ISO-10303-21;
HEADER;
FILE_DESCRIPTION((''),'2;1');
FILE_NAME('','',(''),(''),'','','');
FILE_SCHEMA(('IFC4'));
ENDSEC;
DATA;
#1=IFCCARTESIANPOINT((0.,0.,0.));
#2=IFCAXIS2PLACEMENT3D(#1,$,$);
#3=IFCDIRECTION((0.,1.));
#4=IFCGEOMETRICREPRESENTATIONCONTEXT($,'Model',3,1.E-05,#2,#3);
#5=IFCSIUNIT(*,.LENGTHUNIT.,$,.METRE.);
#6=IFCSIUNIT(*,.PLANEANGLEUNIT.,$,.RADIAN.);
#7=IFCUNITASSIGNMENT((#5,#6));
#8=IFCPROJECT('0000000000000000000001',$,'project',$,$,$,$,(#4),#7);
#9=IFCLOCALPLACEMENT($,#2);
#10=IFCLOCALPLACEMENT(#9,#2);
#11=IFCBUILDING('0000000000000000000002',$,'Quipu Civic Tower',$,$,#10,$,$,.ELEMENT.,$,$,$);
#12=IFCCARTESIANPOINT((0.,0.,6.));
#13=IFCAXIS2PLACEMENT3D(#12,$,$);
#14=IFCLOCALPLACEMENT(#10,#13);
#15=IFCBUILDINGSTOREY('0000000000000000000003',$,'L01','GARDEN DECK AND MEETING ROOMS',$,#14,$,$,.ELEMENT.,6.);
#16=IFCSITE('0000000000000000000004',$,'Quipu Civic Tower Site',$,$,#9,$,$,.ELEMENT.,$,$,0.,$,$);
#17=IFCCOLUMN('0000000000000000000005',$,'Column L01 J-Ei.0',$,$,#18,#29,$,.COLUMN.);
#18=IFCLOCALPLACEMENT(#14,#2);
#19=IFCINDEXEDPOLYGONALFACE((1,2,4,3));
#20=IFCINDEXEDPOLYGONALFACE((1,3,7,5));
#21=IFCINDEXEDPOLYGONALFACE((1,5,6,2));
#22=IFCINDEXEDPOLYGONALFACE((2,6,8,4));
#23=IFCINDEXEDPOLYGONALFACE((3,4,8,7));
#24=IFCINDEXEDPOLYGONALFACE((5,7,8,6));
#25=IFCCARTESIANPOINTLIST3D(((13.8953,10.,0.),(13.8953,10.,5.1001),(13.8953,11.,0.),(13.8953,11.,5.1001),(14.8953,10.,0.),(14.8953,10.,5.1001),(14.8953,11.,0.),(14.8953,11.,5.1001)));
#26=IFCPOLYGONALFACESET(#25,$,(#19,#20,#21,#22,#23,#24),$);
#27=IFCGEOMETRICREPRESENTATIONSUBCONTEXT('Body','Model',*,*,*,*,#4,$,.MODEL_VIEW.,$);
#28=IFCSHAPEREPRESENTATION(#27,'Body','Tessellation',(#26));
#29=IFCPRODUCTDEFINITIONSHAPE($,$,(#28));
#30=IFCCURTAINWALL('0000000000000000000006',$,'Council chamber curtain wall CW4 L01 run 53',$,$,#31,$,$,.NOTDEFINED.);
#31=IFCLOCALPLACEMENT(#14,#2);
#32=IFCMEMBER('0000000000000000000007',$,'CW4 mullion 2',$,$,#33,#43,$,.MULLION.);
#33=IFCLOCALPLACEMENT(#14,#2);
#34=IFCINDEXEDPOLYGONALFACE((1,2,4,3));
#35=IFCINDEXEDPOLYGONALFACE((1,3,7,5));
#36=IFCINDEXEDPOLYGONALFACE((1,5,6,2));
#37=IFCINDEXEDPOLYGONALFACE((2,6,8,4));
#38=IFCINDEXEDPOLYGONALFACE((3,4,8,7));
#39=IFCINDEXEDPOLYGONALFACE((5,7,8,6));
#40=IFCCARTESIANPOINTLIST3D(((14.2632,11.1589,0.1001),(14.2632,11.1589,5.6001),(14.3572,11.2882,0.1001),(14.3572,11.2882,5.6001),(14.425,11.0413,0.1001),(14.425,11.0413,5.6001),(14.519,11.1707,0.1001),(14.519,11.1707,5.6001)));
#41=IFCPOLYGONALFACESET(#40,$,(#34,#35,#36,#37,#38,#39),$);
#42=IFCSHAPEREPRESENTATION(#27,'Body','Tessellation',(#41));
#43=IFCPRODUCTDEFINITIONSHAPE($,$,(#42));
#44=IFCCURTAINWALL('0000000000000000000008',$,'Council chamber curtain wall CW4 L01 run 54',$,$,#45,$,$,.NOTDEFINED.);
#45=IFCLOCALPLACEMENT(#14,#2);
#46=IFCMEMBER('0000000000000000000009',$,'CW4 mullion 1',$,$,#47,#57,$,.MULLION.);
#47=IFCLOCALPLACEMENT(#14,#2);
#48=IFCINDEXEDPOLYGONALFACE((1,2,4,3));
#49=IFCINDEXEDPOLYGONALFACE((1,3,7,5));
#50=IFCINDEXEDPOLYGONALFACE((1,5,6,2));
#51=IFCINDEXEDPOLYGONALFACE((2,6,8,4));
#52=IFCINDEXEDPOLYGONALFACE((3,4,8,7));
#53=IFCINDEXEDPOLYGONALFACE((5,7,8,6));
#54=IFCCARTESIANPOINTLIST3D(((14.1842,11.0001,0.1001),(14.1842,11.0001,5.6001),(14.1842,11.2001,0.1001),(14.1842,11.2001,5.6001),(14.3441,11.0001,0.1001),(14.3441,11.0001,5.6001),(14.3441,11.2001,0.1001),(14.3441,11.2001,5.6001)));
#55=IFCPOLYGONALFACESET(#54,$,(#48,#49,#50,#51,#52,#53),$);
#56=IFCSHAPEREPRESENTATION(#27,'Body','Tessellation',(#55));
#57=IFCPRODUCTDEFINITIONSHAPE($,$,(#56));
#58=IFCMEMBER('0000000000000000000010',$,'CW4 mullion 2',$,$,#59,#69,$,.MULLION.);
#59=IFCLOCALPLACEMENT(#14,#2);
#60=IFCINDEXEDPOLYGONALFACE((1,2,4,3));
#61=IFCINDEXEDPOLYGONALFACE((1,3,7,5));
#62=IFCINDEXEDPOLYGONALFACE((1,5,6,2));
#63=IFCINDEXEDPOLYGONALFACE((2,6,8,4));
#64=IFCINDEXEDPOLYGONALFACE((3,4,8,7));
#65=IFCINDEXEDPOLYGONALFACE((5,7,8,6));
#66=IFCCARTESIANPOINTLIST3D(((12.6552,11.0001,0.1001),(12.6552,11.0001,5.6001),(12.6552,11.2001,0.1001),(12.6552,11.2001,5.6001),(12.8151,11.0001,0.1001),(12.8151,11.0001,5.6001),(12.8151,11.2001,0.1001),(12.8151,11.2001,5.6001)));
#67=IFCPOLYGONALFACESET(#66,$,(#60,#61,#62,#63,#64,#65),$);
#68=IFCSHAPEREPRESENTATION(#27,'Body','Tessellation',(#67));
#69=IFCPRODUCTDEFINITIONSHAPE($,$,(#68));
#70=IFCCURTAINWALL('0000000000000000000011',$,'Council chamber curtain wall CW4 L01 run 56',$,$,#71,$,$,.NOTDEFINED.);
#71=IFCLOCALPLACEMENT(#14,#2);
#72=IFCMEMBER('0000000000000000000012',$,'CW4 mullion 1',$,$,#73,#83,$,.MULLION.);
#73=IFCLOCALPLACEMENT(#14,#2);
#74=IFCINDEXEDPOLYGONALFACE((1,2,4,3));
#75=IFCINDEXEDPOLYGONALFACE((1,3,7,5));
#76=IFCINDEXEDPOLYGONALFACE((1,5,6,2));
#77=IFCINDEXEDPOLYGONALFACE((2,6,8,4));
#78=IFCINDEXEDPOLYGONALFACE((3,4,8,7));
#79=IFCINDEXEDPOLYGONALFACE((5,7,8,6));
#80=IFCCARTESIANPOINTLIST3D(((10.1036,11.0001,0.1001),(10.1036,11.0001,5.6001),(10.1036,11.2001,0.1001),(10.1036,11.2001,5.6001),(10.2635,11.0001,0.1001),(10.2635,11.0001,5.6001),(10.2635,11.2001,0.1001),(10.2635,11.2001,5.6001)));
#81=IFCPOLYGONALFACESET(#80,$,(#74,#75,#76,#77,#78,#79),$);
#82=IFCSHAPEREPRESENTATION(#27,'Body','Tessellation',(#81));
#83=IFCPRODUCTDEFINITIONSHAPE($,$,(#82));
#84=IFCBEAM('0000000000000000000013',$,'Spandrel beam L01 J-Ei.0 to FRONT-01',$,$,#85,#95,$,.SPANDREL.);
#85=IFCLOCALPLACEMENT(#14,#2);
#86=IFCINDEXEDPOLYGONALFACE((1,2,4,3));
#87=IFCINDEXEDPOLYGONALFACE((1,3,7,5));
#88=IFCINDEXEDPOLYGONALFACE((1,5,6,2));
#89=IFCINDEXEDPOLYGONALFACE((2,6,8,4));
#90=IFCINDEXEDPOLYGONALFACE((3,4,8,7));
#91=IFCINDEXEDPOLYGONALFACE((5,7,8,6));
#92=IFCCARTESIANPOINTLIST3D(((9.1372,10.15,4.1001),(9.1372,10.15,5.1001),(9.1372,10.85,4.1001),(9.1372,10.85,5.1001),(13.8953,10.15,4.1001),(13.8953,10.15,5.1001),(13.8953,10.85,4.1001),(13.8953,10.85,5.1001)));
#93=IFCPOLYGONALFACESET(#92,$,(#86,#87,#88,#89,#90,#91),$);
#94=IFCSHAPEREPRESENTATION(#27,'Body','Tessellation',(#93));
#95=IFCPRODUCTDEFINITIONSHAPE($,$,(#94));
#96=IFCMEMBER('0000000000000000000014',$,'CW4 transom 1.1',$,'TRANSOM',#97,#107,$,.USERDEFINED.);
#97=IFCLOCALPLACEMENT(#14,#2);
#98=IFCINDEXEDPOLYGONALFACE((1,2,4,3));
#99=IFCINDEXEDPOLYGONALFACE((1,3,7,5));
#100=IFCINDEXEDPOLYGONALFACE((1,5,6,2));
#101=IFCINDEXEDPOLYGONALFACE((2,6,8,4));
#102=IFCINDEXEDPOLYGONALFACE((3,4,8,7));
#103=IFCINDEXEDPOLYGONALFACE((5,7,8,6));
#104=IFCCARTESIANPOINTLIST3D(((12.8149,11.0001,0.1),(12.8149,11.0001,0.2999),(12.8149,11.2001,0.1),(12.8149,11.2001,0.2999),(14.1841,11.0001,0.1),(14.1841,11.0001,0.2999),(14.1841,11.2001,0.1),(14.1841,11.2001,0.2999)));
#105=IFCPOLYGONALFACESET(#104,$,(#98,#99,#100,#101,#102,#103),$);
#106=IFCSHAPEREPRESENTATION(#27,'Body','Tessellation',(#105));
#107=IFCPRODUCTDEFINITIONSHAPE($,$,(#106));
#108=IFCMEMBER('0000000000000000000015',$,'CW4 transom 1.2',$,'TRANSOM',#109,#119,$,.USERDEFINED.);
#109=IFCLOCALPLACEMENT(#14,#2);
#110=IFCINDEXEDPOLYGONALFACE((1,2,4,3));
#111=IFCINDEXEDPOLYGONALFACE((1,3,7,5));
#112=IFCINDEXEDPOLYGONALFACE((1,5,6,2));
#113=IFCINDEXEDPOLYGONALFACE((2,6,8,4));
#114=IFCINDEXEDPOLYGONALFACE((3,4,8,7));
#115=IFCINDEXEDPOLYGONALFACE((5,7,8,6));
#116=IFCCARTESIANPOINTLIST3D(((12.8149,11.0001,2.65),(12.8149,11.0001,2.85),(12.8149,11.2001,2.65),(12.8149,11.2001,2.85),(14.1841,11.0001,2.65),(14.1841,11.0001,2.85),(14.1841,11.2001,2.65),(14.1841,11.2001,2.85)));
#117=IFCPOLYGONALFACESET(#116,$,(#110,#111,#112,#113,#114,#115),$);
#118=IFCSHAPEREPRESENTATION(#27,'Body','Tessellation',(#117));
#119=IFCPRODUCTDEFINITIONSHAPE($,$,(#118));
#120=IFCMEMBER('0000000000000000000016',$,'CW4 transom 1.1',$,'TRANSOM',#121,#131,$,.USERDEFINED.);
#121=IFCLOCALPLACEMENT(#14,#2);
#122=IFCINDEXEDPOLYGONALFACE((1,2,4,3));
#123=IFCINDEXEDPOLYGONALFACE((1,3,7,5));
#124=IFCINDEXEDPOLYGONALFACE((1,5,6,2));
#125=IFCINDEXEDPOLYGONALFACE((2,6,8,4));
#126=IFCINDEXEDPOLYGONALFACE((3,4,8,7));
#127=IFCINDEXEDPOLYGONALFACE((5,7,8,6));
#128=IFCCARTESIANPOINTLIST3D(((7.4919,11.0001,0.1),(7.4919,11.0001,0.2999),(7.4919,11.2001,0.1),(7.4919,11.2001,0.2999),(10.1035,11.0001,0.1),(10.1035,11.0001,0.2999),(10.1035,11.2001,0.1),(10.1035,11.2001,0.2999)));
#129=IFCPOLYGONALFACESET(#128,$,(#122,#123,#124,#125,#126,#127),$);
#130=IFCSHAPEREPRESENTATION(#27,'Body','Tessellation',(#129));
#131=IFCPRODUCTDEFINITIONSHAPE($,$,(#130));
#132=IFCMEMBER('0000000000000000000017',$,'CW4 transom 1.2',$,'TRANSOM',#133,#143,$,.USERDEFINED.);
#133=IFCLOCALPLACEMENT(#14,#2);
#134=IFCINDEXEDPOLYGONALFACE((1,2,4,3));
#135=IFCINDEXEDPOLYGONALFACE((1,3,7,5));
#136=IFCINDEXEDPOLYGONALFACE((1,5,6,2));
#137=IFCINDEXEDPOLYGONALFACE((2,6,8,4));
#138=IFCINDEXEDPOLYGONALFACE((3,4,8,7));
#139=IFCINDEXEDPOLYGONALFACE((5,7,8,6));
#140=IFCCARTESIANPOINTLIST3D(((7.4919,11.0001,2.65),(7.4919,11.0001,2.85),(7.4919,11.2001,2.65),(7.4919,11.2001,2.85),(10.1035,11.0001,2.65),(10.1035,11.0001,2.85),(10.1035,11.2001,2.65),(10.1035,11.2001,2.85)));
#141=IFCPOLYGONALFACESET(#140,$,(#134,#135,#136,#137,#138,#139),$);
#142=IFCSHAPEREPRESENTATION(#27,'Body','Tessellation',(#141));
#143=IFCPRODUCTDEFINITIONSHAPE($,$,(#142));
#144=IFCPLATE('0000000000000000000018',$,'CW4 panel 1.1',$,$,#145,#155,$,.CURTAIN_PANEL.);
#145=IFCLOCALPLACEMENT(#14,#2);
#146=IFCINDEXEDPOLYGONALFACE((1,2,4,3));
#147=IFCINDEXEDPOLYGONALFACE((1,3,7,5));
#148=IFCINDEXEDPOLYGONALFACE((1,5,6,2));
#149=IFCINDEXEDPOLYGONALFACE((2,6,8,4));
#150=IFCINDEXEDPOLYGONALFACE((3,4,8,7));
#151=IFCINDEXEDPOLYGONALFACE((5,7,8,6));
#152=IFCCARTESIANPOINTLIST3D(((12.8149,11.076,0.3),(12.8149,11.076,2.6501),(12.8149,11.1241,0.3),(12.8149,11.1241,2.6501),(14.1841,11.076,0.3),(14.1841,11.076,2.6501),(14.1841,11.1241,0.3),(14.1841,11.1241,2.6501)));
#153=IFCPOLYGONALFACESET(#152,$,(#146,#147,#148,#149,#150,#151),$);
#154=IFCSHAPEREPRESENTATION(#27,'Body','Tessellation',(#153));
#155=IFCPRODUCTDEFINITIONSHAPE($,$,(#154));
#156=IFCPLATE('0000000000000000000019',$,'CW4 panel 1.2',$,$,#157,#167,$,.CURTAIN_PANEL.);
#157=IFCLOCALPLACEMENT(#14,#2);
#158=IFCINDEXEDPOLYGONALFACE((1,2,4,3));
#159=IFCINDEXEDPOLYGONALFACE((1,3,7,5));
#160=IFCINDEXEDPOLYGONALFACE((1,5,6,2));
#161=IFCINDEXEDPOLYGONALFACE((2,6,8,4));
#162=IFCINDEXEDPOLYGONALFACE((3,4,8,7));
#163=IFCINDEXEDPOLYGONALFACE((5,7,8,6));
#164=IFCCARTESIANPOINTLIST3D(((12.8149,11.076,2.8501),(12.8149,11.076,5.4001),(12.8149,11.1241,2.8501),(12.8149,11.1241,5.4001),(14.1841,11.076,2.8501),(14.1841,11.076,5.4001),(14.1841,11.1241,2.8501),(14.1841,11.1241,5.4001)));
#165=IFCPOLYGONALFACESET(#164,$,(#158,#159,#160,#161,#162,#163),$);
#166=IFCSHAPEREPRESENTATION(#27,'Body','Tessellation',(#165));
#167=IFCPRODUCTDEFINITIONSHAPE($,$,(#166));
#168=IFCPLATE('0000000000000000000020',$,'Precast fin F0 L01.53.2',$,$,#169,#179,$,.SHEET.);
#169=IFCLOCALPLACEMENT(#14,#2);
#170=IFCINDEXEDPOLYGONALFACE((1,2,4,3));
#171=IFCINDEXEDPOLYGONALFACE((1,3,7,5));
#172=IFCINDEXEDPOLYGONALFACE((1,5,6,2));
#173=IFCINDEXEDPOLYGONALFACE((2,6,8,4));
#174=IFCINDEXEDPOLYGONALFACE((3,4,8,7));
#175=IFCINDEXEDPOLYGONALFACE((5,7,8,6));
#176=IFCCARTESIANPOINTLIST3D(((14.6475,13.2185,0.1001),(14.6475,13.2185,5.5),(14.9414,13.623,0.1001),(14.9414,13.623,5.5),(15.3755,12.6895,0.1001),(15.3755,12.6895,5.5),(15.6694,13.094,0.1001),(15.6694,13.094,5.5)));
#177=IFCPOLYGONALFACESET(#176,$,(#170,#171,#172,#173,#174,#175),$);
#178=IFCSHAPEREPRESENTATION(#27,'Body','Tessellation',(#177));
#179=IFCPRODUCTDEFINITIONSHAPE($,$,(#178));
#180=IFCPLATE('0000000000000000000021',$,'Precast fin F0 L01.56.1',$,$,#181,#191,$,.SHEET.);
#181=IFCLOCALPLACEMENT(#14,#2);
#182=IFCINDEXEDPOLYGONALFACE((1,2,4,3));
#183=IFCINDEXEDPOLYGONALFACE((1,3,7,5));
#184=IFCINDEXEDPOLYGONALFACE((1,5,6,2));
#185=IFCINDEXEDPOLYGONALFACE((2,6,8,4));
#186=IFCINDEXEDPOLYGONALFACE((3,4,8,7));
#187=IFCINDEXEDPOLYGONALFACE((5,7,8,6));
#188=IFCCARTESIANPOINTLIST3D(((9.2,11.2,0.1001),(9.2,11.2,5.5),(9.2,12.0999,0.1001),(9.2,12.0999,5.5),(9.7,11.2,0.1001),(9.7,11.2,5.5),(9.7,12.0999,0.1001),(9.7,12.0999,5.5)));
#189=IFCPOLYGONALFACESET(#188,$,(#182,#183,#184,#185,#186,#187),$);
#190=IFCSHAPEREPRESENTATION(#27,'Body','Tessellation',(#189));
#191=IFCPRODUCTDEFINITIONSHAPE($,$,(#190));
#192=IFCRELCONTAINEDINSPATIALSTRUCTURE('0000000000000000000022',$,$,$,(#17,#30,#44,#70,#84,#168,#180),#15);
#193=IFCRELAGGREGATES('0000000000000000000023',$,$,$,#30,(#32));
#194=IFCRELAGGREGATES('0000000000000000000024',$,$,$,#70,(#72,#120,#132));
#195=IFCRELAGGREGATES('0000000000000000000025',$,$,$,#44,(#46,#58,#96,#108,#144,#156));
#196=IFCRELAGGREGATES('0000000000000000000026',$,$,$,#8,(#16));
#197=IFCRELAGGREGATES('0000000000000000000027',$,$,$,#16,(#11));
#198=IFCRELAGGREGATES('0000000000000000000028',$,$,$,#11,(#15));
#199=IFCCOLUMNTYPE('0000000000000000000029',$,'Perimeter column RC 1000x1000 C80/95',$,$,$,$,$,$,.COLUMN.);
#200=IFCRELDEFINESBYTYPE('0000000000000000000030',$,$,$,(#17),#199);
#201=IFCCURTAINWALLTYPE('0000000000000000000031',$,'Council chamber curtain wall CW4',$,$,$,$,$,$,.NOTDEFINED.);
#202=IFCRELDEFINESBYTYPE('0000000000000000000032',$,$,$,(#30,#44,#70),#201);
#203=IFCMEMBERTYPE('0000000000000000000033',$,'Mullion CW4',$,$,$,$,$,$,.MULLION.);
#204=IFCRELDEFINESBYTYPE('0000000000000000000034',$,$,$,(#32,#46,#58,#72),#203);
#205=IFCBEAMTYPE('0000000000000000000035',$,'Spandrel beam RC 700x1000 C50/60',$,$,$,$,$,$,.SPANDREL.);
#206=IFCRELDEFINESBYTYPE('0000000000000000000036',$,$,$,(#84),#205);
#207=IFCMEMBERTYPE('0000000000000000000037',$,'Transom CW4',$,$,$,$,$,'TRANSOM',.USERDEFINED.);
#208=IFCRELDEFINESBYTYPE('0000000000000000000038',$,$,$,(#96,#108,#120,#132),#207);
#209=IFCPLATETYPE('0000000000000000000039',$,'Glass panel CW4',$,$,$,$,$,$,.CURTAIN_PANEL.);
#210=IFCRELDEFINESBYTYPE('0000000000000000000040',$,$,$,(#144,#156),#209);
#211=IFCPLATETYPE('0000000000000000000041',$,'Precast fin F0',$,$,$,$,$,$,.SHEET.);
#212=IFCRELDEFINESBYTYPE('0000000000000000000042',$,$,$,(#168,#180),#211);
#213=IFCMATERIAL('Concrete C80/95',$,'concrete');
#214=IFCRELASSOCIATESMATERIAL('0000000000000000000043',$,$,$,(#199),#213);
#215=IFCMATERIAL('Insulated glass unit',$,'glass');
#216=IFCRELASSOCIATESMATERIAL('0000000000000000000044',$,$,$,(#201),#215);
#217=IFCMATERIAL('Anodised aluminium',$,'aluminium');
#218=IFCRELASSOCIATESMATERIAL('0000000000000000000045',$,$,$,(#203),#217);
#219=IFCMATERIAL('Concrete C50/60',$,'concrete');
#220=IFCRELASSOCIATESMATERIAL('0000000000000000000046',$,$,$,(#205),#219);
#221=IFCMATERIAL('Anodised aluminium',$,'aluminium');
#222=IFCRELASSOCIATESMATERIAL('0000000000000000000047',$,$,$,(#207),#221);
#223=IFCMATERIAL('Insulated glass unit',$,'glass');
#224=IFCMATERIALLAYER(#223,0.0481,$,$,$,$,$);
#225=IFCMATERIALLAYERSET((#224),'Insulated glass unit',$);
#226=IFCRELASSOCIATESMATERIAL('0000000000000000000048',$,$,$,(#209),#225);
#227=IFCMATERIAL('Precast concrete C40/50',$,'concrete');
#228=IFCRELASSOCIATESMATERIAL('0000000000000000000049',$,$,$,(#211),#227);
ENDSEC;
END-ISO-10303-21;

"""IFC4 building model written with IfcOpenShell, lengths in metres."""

from ifc_helpers import new_model, si_unit, direction, frame, origin, origin_2d, place, context, subcontext, project, spatial, rectangle, extrude, material, layer, layer_set, material_profile, profile_set, type_object, element, aggregate, save


model = new_model("IFC4")

# Units and contexts
model_context = context("Model", 3, precision=1e-05, world=origin(), true_north=direction((0.0, 1.0)))
body_context = subcontext(model_context, "Body", "Model", "MODEL_VIEW")
ifc_project = project(units=[si_unit("LENGTHUNIT", "METRE"), si_unit("PLANEANGLEUNIT", "RADIAN")], contexts=[model_context])

# Site, building, storey
site_placement = place(None, origin())
site = spatial("IfcSite", under=ifc_project, at=site_placement, Name="Quipu Civic Tower Site", CompositionType="ELEMENT", RefElevation=0.0)
building_placement = place(site_placement, origin())
building = spatial("IfcBuilding", under=site, at=building_placement, Name="Quipu Civic Tower", CompositionType="ELEMENT")
storey_placement = place(building_placement, frame((0.0, 0.0, 6.0)))
storey = spatial("IfcBuildingStorey", under=building, at=storey_placement, Name="L01", Description="GARDEN DECK AND MEETING ROOMS", CompositionType="ELEMENT", Elevation=6.0)

# Column
ifc_material_1 = material(Name="Concrete C80/95", Category="concrete")
ifc_material_profile_1 = material_profile(ifc_material_1, rectangle(XDim=1.0, YDim=1.0, at=origin_2d()), Name="RC1000x1000")
ifc_profile_set_1 = profile_set([ifc_material_profile_1], Name="Concrete C80/95")
column_type = type_object("IfcColumnType", Name="Perimeter column RC 1000x1000 C80/95", PredefinedType="COLUMN", material=ifc_profile_set_1)
column_placement = place(storey_placement, frame((14.3953, 10.5, 0.0), z_axis=(0.0, 0.0, 1.0), x_axis=(-1.0, 0.0, 0.0)))
element("IfcColumn", 1, at=column_placement, inside=storey, type_object=column_type, Name="Column L01 J-Ei.0", PredefinedType="COLUMN", context=body_context, shape_type="SweptSolid", body=[
    extrude(rectangle(XDim=1.0, YDim=1.0, at=origin_2d()), origin(), (0.0, 0.0, 1.0), 5.1001),
])

# Curtain wall, member
ifc_material_2 = material(Name="Insulated glass unit", Category="glass")
curtain_wall_type = type_object("IfcCurtainWallType", Name="Council chamber curtain wall CW4", PredefinedType="NOTDEFINED", material=ifc_material_2)
curtain_wall_1_placement = place(storey_placement, origin())
curtain_wall_1 = element("IfcCurtainWall", 2, at=curtain_wall_1_placement, inside=storey, type_object=curtain_wall_type, Name="Council chamber curtain wall CW4 L01 run 53", PredefinedType="NOTDEFINED")
ifc_material_3 = material(Name="Anodised aluminium", Category="aluminium")
ifc_material_profile_2 = material_profile(ifc_material_3, rectangle(XDim=0.2, YDim=0.1599, at=origin_2d()), Name="RECT 200x160")
ifc_profile_set_2 = profile_set([ifc_material_profile_2], Name="Anodised aluminium")
member_type_1 = type_object("IfcMemberType", Name="Mullion CW4", PredefinedType="MULLION", material=ifc_profile_set_2)
member_1_placement = place(storey_placement, frame((14.3911, 11.1648, 0.1001), z_axis=(0.0, 0.0, 1.0), x_axis=(0.80901, -0.587795, 0.0)))
member_1 = element("IfcMember", 3, at=member_1_placement, type_object=member_type_1, Name="CW4 mullion 2", PredefinedType="MULLION", context=body_context, shape_type="SweptSolid", body=[
    extrude(rectangle(XDim=0.2, YDim=0.1599, at=origin_2d()), origin(), (0.0, 0.0, 1.0), 5.5),
])
aggregate(curtain_wall_1, [member_1])

# Curtain wall, members
curtain_wall_2_placement = place(storey_placement, origin())
curtain_wall_2 = element("IfcCurtainWall", 4, at=curtain_wall_2_placement, inside=storey, type_object=curtain_wall_type, Name="Council chamber curtain wall CW4 L01 run 54", PredefinedType="NOTDEFINED")
member_2_placement = place(storey_placement, frame((14.2642, 11.1001, 0.1001), z_axis=(0.0, 0.0, 1.0), x_axis=(0.0, -1.0, 0.0)))
member_2 = element("IfcMember", 5, at=member_2_placement, type_object=member_type_1, Name="CW4 mullion 1", PredefinedType="MULLION", context=body_context, shape_type="SweptSolid", body=[
    extrude(rectangle(XDim=0.2, YDim=0.1599, at=origin_2d()), origin(), (0.0, 0.0, 1.0), 5.5),
])
member_3_placement = place(storey_placement, frame((12.7351, 11.1001, 0.1001), z_axis=(0.0, 0.0, 1.0), x_axis=(0.0, -1.0, 0.0)))
member_3 = element("IfcMember", 6, at=member_3_placement, type_object=member_type_1, Name="CW4 mullion 2", PredefinedType="MULLION", context=body_context, shape_type="SweptSolid", body=[
    extrude(rectangle(XDim=0.2, YDim=0.1599, at=origin_2d()), origin(), (0.0, 0.0, 1.0), 5.5),
])

# Curtain wall, member
curtain_wall_3_placement = place(storey_placement, origin())
curtain_wall_3 = element("IfcCurtainWall", 7, at=curtain_wall_3_placement, inside=storey, type_object=curtain_wall_type, Name="Council chamber curtain wall CW4 L01 run 56", PredefinedType="NOTDEFINED")
member_4_placement = place(storey_placement, frame((10.1836, 11.1001, 0.1001), z_axis=(0.0, 0.0, 1.0), x_axis=(0.0, -1.0, 0.0)))
member_4 = element("IfcMember", 8, at=member_4_placement, type_object=member_type_1, Name="CW4 mullion 1", PredefinedType="MULLION", context=body_context, shape_type="SweptSolid", body=[
    extrude(rectangle(XDim=0.2, YDim=0.1599, at=origin_2d()), origin(), (0.0, 0.0, 1.0), 5.5),
])

# Beam
ifc_material_4 = material(Name="Concrete C50/60", Category="concrete")
ifc_material_profile_3 = material_profile(ifc_material_4, rectangle(XDim=0.7, YDim=1.0, at=origin_2d()), Name="RC700x1000")
ifc_profile_set_3 = profile_set([ifc_material_profile_3], Name="Concrete C50/60")
beam_type = type_object("IfcBeamType", Name="Spandrel beam RC 700x1000 C50/60", PredefinedType="SPANDREL", material=ifc_profile_set_3)
beam_placement = place(storey_placement, frame((13.8953, 10.5, 4.6001), z_axis=(-1.0, 0.0, 0.0), x_axis=(0.0, -1.0, 0.0)))
element("IfcBeam", 9, at=beam_placement, inside=storey, type_object=beam_type, Name="Spandrel beam L01 J-Ei.0 to FRONT-01", PredefinedType="SPANDREL", context=body_context, shape_type="SweptSolid", body=[
    extrude(rectangle(XDim=0.7, YDim=1.0, at=origin_2d()), origin(), (0.0, 0.0, 1.0), 4.7581),
])

# Members
ifc_material_5 = material(Name="Anodised aluminium", Category="aluminium")
ifc_material_profile_4 = material_profile(ifc_material_5, rectangle(XDim=0.2, YDim=0.2, at=origin_2d()), Name="RECT 200x200")
ifc_profile_set_4 = profile_set([ifc_material_profile_4], Name="Anodised aluminium")
member_type_2 = type_object("IfcMemberType", Name="Transom CW4", ElementType="TRANSOM", PredefinedType="USERDEFINED", material=ifc_profile_set_4)
member_5_placement = place(storey_placement, frame((14.1841, 11.1001, 0.2), z_axis=(-1.0, 0.0, 0.0), x_axis=(0.0, -1.0, 0.0)))
member_5 = element("IfcMember", 10, at=member_5_placement, type_object=member_type_2, Name="CW4 transom 1.1", ObjectType="TRANSOM", PredefinedType="USERDEFINED", context=body_context, shape_type="SweptSolid", body=[
    extrude(rectangle(XDim=0.2, YDim=0.2, at=origin_2d()), origin(), (0.0, 0.0, 1.0), 1.3691),
])
member_6_placement = place(storey_placement, frame((14.1841, 11.1001, 2.75), z_axis=(-1.0, 0.0, 0.0), x_axis=(0.0, -1.0, 0.0)))
member_6 = element("IfcMember", 11, at=member_6_placement, type_object=member_type_2, Name="CW4 transom 1.2", ObjectType="TRANSOM", PredefinedType="USERDEFINED", context=body_context, shape_type="SweptSolid", body=[
    extrude(rectangle(XDim=0.2, YDim=0.2, at=origin_2d()), origin(), (0.0, 0.0, 1.0), 1.3691),
])
member_7_placement = place(storey_placement, frame((10.1035, 11.1001, 0.2), z_axis=(-1.0, 0.0, 0.0), x_axis=(0.0, -1.0, 0.0)))
member_7 = element("IfcMember", 12, at=member_7_placement, type_object=member_type_2, Name="CW4 transom 1.1", ObjectType="TRANSOM", PredefinedType="USERDEFINED", context=body_context, shape_type="SweptSolid", body=[
    extrude(rectangle(XDim=0.2, YDim=0.2, at=origin_2d()), origin(), (0.0, 0.0, 1.0), 2.6116),
])
member_8_placement = place(storey_placement, frame((10.1035, 11.1001, 2.75), z_axis=(-1.0, 0.0, 0.0), x_axis=(0.0, -1.0, 0.0)))
member_8 = element("IfcMember", 13, at=member_8_placement, type_object=member_type_2, Name="CW4 transom 1.2", ObjectType="TRANSOM", PredefinedType="USERDEFINED", context=body_context, shape_type="SweptSolid", body=[
    extrude(rectangle(XDim=0.2, YDim=0.2, at=origin_2d()), origin(), (0.0, 0.0, 1.0), 2.6116),
])
aggregate(curtain_wall_3, [member_4, member_7, member_8])

# Plates
ifc_material_6 = material(Name="Insulated glass unit", Category="glass")
ifc_layer_1 = layer(ifc_material_6, 0.0481)
ifc_layer_set_1 = layer_set([ifc_layer_1], Name="Insulated glass unit")
plate_type_1 = type_object("IfcPlateType", Name="Glass panel CW4", PredefinedType="CURTAIN_PANEL", material=ifc_layer_set_1)
plate_1_placement = place(storey_placement, frame((13.4995, 11.1001, 0.3), z_axis=(0.0, 0.0, 1.0), x_axis=(-1.0, 0.0, 0.0)))
plate_1 = element("IfcPlate", 14, at=plate_1_placement, type_object=plate_type_1, Name="CW4 panel 1.1", PredefinedType="CURTAIN_PANEL", context=body_context, shape_type="SweptSolid", body=[
    extrude(rectangle(XDim=1.3691, YDim=0.0481, at=origin_2d()), origin(), (0.0, 0.0, 1.0), 2.3501),
])
plate_2_placement = place(storey_placement, frame((13.4995, 11.1001, 2.8501), z_axis=(0.0, 0.0, 1.0), x_axis=(-1.0, 0.0, 0.0)))
plate_2 = element("IfcPlate", 15, at=plate_2_placement, type_object=plate_type_1, Name="CW4 panel 1.2", PredefinedType="CURTAIN_PANEL", context=body_context, shape_type="SweptSolid", body=[
    extrude(rectangle(XDim=1.3691, YDim=0.0481, at=origin_2d()), origin(), (0.0, 0.0, 1.0), 2.55),
])
aggregate(curtain_wall_2, [member_2, member_3, member_5, member_6, plate_1, plate_2])

# Plates
ifc_material_7 = material(Name="Precast concrete C40/50", Category="concrete")
plate_type_2 = type_object("IfcPlateType", Name="Precast fin F0", PredefinedType="SHEET", material=ifc_material_7)
for number, where, z_axis, x_axis, name in (
    (16, (15.1584, 13.1562, 0.1001), (0.0, 0.0, 1.0), (-0.587785, -0.809017, 0.0), "Precast fin F0 L01.53.2"),
    (17, (9.45, 11.6499, 0.1001), (0.0, 0.0, 1.0), (-1.0, 0.0, 0.0), "Precast fin F0 L01.56.1"),
):
    element("IfcPlate", number, at=place(storey_placement, frame(where, z_axis=z_axis, x_axis=x_axis)), inside=storey, type_object=plate_type_2, Name=name, PredefinedType="SHEET", context=body_context, shape_type="SweptSolid", body=[
        extrude(rectangle(XDim=0.5, YDim=0.8999, at=origin_2d()), origin(), (0.0, 0.0, 1.0), 5.3999),
    ])

save(model, "model.ifc")
